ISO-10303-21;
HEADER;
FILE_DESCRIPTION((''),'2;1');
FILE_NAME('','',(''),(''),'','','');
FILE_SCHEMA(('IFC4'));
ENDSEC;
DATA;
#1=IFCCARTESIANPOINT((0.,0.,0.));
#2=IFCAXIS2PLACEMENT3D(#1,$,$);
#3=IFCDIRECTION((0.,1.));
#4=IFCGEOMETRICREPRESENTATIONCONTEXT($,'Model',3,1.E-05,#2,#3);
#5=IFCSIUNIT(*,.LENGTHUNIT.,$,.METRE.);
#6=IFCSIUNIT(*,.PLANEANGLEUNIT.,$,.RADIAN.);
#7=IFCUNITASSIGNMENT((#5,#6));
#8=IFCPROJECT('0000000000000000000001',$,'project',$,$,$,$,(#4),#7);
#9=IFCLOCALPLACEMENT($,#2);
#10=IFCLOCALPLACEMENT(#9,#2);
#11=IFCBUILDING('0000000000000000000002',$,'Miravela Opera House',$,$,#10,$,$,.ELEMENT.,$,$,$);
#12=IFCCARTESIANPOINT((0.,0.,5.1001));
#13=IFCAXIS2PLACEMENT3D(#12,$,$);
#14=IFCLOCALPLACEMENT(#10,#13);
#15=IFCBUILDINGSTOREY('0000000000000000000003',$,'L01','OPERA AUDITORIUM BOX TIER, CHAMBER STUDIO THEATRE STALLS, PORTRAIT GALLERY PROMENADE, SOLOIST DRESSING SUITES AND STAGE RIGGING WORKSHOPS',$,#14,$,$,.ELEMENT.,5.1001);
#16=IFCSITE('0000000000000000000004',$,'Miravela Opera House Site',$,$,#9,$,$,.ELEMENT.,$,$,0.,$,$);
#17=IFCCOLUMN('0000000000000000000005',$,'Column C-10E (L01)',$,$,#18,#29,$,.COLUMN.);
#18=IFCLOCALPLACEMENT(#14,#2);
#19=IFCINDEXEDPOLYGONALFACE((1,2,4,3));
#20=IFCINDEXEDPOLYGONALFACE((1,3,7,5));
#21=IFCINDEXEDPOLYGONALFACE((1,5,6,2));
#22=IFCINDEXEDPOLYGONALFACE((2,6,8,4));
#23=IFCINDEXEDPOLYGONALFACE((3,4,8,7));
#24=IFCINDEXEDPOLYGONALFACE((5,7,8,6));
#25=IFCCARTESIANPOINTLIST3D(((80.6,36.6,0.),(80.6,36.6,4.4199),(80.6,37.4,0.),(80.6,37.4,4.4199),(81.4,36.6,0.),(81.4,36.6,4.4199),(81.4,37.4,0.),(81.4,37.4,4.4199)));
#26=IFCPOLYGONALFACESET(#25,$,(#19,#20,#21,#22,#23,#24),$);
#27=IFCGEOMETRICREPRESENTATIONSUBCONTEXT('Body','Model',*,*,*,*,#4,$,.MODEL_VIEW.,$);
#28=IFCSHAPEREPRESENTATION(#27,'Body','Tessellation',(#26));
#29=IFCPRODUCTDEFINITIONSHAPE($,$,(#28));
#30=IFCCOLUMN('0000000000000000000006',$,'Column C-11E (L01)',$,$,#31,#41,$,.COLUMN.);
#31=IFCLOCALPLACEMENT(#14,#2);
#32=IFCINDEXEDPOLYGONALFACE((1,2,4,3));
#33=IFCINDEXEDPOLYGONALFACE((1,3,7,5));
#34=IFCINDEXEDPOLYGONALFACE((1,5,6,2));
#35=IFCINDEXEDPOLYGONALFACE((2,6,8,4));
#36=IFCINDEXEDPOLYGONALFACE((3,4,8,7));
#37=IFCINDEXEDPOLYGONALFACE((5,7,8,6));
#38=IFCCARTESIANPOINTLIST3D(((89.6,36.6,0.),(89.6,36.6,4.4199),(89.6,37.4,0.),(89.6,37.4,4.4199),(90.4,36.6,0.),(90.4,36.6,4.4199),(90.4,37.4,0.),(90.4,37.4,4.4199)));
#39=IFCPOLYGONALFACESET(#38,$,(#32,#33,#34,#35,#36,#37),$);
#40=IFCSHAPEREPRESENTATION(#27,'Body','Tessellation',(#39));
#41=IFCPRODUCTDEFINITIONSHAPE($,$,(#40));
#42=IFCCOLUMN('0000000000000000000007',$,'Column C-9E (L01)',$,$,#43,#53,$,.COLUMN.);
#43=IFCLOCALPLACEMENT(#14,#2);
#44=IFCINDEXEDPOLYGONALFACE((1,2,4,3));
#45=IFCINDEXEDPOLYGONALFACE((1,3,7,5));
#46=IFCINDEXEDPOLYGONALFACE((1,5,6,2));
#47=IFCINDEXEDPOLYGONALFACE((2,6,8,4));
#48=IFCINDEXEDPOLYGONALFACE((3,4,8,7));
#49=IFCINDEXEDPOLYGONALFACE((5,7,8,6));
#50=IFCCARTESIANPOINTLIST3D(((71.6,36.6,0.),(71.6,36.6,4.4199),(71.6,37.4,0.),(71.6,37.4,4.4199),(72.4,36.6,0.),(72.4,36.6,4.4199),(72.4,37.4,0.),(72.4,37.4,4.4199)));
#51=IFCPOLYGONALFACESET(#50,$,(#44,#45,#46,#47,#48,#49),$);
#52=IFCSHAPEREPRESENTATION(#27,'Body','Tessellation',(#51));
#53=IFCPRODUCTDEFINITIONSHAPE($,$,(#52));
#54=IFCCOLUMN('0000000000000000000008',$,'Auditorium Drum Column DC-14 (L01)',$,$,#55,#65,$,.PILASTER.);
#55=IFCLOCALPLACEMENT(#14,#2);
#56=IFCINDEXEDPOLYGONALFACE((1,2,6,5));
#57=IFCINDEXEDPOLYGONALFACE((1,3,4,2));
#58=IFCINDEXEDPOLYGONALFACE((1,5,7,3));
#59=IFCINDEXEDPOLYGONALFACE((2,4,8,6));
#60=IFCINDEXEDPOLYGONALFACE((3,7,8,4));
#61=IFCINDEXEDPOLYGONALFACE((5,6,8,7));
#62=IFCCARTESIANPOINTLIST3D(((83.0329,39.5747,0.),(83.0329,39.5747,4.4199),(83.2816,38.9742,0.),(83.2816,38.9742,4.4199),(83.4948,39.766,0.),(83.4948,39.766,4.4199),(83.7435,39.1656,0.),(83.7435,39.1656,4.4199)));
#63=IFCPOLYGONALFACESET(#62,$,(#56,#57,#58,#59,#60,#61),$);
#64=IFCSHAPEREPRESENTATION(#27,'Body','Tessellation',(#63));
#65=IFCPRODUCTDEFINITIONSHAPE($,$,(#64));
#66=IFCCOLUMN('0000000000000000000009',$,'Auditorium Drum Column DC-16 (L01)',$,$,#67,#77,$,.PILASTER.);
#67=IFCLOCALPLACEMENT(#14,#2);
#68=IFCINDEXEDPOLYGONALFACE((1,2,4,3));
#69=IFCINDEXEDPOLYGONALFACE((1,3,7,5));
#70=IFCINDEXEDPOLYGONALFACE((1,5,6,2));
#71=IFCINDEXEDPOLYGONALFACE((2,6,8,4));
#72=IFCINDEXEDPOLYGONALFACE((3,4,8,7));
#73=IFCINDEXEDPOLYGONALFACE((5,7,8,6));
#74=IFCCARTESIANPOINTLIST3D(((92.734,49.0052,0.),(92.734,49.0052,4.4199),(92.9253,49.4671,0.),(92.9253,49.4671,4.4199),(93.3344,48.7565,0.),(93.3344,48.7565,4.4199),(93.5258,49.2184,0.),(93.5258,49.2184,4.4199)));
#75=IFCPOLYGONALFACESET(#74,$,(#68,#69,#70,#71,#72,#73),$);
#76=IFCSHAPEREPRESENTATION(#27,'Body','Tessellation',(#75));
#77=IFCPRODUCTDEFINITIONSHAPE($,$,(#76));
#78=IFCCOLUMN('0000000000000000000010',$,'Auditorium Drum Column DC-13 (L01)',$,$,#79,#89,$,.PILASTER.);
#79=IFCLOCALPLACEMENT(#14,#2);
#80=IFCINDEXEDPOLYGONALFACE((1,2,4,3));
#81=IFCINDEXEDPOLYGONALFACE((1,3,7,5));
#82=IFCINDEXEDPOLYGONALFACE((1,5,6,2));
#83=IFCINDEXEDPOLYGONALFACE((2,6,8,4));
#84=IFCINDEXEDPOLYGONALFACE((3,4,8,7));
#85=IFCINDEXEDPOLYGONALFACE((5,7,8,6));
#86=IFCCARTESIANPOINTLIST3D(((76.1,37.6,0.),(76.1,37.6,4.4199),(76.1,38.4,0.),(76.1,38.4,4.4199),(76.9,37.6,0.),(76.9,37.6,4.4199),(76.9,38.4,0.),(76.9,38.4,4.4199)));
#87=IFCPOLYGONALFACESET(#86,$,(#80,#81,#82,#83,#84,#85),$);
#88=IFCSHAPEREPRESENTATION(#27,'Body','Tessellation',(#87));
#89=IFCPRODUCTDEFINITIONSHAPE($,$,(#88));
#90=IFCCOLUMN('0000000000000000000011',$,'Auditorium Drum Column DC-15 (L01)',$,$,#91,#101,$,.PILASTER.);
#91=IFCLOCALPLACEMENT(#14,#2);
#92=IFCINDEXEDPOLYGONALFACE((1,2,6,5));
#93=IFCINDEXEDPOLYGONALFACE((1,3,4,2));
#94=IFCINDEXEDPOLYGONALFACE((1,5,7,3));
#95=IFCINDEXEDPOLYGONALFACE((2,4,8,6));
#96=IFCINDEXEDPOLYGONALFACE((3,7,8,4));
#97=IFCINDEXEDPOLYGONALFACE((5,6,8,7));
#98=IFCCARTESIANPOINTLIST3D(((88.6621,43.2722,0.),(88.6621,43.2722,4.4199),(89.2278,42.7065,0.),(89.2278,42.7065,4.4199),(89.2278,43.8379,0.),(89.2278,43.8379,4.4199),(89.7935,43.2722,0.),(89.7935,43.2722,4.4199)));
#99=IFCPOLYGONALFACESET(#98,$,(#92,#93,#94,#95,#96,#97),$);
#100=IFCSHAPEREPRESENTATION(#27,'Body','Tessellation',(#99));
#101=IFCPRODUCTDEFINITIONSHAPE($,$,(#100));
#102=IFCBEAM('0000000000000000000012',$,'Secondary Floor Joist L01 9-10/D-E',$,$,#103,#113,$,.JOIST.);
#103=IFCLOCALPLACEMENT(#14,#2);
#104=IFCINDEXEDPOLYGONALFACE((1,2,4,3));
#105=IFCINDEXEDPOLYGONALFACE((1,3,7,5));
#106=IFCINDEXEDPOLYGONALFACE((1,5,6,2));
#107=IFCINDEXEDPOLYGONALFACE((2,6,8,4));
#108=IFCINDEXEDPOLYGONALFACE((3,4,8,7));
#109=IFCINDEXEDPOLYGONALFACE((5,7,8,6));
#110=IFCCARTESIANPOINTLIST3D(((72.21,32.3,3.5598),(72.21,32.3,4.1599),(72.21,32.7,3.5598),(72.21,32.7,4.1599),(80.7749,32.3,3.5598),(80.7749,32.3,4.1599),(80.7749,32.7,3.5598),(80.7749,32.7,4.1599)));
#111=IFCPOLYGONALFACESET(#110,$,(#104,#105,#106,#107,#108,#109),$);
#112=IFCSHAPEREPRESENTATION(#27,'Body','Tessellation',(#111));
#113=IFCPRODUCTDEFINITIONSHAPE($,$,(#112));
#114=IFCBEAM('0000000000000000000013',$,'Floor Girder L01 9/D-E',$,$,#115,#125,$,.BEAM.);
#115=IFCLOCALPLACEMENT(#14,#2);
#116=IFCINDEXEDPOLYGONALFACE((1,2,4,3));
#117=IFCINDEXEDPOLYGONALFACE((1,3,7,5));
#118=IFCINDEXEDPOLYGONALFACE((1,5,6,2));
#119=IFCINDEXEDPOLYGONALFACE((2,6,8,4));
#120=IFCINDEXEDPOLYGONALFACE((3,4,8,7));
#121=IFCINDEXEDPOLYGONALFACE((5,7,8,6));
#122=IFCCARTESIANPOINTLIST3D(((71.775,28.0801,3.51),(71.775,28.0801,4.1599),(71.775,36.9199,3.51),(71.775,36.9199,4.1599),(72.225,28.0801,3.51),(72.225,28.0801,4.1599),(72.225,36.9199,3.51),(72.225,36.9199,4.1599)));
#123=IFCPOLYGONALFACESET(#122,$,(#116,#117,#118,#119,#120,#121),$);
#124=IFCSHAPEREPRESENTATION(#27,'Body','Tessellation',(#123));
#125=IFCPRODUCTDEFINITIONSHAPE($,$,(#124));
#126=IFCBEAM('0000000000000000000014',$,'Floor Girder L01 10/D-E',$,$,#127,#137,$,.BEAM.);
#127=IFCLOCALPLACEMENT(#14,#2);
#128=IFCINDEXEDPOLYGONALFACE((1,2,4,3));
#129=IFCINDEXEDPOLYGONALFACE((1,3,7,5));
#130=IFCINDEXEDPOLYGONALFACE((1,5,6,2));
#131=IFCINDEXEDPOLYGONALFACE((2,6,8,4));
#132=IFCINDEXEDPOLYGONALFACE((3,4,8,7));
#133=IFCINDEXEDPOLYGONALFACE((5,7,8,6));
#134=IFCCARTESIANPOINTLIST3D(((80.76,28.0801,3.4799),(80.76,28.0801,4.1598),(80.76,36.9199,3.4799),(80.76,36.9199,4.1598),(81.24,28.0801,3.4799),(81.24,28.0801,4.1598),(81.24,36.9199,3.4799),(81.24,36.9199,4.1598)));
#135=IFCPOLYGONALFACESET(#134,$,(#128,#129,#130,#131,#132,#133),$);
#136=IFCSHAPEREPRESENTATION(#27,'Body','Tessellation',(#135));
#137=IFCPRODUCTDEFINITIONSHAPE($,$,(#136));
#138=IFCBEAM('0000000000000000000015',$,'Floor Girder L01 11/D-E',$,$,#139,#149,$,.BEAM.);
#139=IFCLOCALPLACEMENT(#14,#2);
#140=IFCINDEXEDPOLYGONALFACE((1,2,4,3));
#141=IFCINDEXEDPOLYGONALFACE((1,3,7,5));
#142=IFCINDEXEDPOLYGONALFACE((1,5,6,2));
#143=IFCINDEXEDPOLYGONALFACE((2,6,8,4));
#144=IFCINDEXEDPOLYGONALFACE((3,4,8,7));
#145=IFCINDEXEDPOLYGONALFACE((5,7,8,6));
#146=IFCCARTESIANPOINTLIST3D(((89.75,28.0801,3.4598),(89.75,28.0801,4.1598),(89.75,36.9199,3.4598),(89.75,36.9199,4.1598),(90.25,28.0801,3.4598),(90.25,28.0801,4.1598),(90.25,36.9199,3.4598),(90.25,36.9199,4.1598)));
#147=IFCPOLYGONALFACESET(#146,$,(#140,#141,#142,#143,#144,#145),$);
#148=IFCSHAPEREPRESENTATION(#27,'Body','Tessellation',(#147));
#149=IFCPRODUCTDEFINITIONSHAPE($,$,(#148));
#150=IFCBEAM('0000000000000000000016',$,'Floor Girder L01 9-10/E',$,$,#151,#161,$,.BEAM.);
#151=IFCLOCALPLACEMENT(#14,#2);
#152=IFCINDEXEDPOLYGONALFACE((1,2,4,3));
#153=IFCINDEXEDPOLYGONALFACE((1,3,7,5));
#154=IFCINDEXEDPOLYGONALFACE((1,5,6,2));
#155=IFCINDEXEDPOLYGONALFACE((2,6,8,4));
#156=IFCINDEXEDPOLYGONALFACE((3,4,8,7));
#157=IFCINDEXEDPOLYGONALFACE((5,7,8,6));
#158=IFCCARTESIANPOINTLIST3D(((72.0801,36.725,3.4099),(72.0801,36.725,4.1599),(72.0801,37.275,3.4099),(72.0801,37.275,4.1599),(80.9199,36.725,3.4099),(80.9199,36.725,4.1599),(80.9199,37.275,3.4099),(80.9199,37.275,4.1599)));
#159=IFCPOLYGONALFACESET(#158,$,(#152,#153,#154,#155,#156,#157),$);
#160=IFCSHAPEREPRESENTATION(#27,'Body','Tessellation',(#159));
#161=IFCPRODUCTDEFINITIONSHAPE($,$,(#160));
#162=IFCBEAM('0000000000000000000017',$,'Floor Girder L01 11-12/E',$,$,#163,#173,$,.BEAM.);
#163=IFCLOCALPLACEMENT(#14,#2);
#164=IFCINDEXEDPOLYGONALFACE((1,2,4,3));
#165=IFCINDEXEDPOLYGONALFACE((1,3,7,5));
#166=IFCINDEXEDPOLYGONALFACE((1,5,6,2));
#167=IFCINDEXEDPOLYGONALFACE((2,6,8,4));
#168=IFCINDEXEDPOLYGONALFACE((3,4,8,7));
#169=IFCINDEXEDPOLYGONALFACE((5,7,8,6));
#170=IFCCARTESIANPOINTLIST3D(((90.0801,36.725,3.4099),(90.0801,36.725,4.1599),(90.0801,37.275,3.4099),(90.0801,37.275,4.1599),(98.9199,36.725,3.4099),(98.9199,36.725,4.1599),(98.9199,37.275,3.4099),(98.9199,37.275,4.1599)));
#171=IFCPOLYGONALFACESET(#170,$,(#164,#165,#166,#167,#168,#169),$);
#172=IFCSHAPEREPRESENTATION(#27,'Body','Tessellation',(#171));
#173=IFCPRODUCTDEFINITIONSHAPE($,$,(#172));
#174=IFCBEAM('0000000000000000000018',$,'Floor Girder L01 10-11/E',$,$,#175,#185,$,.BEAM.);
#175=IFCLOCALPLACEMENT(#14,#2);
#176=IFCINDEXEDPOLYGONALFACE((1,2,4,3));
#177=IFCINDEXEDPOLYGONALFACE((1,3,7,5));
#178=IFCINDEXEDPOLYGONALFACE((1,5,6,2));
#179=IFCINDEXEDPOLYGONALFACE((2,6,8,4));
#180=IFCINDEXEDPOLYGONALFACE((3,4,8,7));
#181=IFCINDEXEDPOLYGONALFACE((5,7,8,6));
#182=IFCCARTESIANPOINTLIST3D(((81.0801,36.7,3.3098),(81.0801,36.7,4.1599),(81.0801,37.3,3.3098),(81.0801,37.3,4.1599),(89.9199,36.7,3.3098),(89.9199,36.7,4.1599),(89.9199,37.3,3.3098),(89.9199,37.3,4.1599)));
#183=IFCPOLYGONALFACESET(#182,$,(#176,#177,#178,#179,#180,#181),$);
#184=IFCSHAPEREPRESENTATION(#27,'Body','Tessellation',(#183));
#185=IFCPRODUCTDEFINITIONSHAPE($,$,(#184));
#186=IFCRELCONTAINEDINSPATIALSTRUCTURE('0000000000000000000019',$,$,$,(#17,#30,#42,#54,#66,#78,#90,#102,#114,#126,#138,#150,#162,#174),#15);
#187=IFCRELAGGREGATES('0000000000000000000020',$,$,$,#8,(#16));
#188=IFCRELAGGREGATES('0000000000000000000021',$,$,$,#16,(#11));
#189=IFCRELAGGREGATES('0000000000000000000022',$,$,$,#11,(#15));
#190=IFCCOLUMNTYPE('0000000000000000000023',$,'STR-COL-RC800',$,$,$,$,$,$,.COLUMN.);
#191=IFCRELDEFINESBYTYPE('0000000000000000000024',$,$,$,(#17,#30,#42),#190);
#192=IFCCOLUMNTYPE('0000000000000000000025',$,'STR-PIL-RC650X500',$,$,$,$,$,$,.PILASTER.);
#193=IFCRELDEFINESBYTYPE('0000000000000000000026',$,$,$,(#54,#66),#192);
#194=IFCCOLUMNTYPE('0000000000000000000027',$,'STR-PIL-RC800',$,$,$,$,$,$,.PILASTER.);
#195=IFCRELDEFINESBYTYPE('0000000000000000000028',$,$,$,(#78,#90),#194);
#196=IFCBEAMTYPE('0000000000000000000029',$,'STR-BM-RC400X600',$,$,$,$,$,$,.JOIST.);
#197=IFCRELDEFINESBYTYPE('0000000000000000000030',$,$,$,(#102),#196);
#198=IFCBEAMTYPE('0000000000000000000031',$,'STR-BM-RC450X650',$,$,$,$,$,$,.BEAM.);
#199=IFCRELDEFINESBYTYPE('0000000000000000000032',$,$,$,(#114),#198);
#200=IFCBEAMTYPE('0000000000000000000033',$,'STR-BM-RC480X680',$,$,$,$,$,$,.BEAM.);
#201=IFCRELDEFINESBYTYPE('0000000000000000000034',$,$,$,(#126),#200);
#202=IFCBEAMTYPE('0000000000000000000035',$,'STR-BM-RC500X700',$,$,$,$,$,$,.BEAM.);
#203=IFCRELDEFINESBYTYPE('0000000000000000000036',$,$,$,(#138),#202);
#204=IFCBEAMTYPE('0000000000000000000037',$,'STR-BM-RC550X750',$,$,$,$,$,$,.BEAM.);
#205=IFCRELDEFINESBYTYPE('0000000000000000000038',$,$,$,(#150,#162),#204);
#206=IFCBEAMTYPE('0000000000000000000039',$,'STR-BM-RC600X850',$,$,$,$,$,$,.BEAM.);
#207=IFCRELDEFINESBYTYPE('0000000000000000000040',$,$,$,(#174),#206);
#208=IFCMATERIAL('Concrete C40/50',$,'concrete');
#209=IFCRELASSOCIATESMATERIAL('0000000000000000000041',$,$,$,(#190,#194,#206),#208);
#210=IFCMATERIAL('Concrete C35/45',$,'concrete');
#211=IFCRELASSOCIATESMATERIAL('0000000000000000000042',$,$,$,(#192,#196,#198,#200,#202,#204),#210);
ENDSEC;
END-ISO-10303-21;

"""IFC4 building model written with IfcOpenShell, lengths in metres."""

from ifc_helpers import new_model, si_unit, direction, frame, origin, origin_2d, place, context, subcontext, project, spatial, rectangle, extrude, material, material_profile, profile_set, type_object, element, save


model = new_model("IFC4")

# Units and contexts
model_context = context("Model", 3, precision=1e-05, world=origin(), true_north=direction((0.0, 1.0)))
body_context = subcontext(model_context, "Body", "Model", "MODEL_VIEW")
ifc_project = project(units=[si_unit("LENGTHUNIT", "METRE"), si_unit("PLANEANGLEUNIT", "RADIAN")], contexts=[model_context])

# Site, building, storey
site_placement = place(None, origin())
site = spatial("IfcSite", under=ifc_project, at=site_placement, Name="Miravela Opera House Site", CompositionType="ELEMENT", RefElevation=0.0)
building_placement = place(site_placement, origin())
building = spatial("IfcBuilding", under=site, at=building_placement, Name="Miravela Opera House", CompositionType="ELEMENT")
storey_placement = place(building_placement, frame((0.0, 0.0, 5.1001)))
storey = spatial("IfcBuildingStorey", under=building, at=storey_placement, Name="L01", Description="OPERA AUDITORIUM BOX TIER, CHAMBER STUDIO THEATRE STALLS, PORTRAIT GALLERY PROMENADE, SOLOIST DRESSING SUITES AND STAGE RIGGING WORKSHOPS", CompositionType="ELEMENT", Elevation=5.1001)

# Columns
ifc_material_1 = material(Name="Concrete C40/50", Category="concrete")
ifc_material_profile_1 = material_profile(ifc_material_1, rectangle(XDim=0.8, YDim=0.8, at=origin_2d()), Name="RC-COL-800X800")
ifc_profile_set_1 = profile_set([ifc_material_profile_1])
column_type_1 = type_object("IfcColumnType", Name="STR-COL-RC800", PredefinedType="COLUMN", material=ifc_profile_set_1)
for number, where, z_axis, x_axis, name in (
    (1, (81.0, 37.0, 0.0), (0.0, 0.0, 1.0), (1.0, 0.0, 0.0), "Column C-10E (L01)"),
    (2, (90.0, 37.0, 0.0), (0.0, 0.0, 1.0), (1.0, 0.0, 0.0), "Column C-11E (L01)"),
    (3, (72.0, 37.0, 0.0), (0.0, 0.0, 1.0), (1.0, 0.0, 0.0), "Column C-9E (L01)"),
):
    element("IfcColumn", number, at=place(storey_placement, frame(where, z_axis=z_axis, x_axis=x_axis)), inside=storey, type_object=column_type_1, Name=name, PredefinedType="COLUMN", context=body_context, shape_type="SweptSolid", body=[
        extrude(rectangle(XDim=0.8, YDim=0.8, at=origin_2d()), origin(), (0.0, 0.0, 1.0), 4.4199),
    ])
ifc_material_2 = material(Name="Concrete C35/45", Category="concrete")
ifc_material_profile_2 = material_profile(ifc_material_2, rectangle(XDim=0.6499, YDim=0.5, at=origin_2d()), Name="RC-PIL-650X500")
ifc_profile_set_2 = profile_set([ifc_material_profile_2])
column_type_2 = type_object("IfcColumnType", Name="STR-PIL-RC650X500", PredefinedType="PILASTER", material=ifc_profile_set_2)
for number, where, z_axis, x_axis, name in (
    (4, (83.3882, 39.3701, 0.0), (0.0, 0.0, 1.0), (0.382683, -0.92388, 0.0), "Auditorium Drum Column DC-14 (L01)"),
    (5, (93.1299, 49.1118, 0.0), (0.0, 0.0, 1.0), (0.92388, -0.382683, 0.0), "Auditorium Drum Column DC-16 (L01)"),
):
    element("IfcColumn", number, at=place(storey_placement, frame(where, z_axis=z_axis, x_axis=x_axis)), inside=storey, type_object=column_type_2, Name=name, PredefinedType="PILASTER", context=body_context, shape_type="SweptSolid", body=[
        extrude(rectangle(XDim=0.6499, YDim=0.5, at=origin_2d()), origin(), (0.0, 0.0, 1.0), 4.4199),
    ])
ifc_material_profile_3 = material_profile(ifc_material_1, rectangle(XDim=0.8, YDim=0.8, at=origin_2d()), Name="RC-COL-800X800")
ifc_profile_set_3 = profile_set([ifc_material_profile_3])
column_type_3 = type_object("IfcColumnType", Name="STR-PIL-RC800", PredefinedType="PILASTER", material=ifc_profile_set_3)
for number, where, z_axis, x_axis, name in (
    (6, (76.5, 38.0, 0.0), (0.0, 0.0, 1.0), (0.0, -1.0, 0.0), "Auditorium Drum Column DC-13 (L01)"),
    (7, (89.2278, 43.2722, 0.0), (0.0, 0.0, 1.0), (0.707107, -0.707107, 0.0), "Auditorium Drum Column DC-15 (L01)"),
):
    element("IfcColumn", number, at=place(storey_placement, frame(where, z_axis=z_axis, x_axis=x_axis)), inside=storey, type_object=column_type_3, Name=name, PredefinedType="PILASTER", context=body_context, shape_type="SweptSolid", body=[
        extrude(rectangle(XDim=0.8, YDim=0.8, at=origin_2d()), origin(), (0.0, 0.0, 1.0), 4.4199),
    ])

# Beams
ifc_material_profile_4 = material_profile(ifc_material_2, rectangle(XDim=0.3999, YDim=0.6001, at=origin_2d()), Name="RC-BM-400X600")
ifc_profile_set_4 = profile_set([ifc_material_profile_4])
beam_type_1 = type_object("IfcBeamType", Name="STR-BM-RC400X600", PredefinedType="JOIST", material=ifc_profile_set_4)
beam_1_placement = place(storey_placement, frame((72.21, 32.5, 3.8599), z_axis=(1.0, 0.0, 0.0), x_axis=(0.0, 1.0, 0.0)))
element("IfcBeam", 8, at=beam_1_placement, inside=storey, type_object=beam_type_1, Name="Secondary Floor Joist L01 9-10/D-E", PredefinedType="JOIST", context=body_context, shape_type="SweptSolid", body=[
    extrude(rectangle(XDim=0.3999, YDim=0.6001, at=origin_2d()), origin(), (0.0, 0.0, 1.0), 8.5649),
])
ifc_material_profile_5 = material_profile(ifc_material_2, rectangle(XDim=0.45, YDim=0.6499, at=origin_2d()), Name="RC-BM-450X650")
ifc_profile_set_5 = profile_set([ifc_material_profile_5])
beam_type_2 = type_object("IfcBeamType", Name="STR-BM-RC450X650", PredefinedType="BEAM", material=ifc_profile_set_5)
beam_2_placement = place(storey_placement, frame((72.0, 28.0801, 3.835), z_axis=(0.0, 1.0, 0.0), x_axis=(-1.0, 0.0, 0.0)))
element("IfcBeam", 9, at=beam_2_placement, inside=storey, type_object=beam_type_2, Name="Floor Girder L01 9/D-E", PredefinedType="BEAM", context=body_context, shape_type="SweptSolid", body=[
    extrude(rectangle(XDim=0.45, YDim=0.6499, at=origin_2d()), origin(), (0.0, 0.0, 1.0), 8.8398),
])
ifc_material_profile_6 = material_profile(ifc_material_2, rectangle(XDim=0.48, YDim=0.6799, at=origin_2d()), Name="RC-BM-480X680")
ifc_profile_set_6 = profile_set([ifc_material_profile_6])
beam_type_3 = type_object("IfcBeamType", Name="STR-BM-RC480X680", PredefinedType="BEAM", material=ifc_profile_set_6)
beam_3_placement = place(storey_placement, frame((81.0, 28.0801, 3.8198), z_axis=(0.0, 1.0, 0.0), x_axis=(-1.0, 0.0, 0.0)))
element("IfcBeam", 10, at=beam_3_placement, inside=storey, type_object=beam_type_3, Name="Floor Girder L01 10/D-E", PredefinedType="BEAM", context=body_context, shape_type="SweptSolid", body=[
    extrude(rectangle(XDim=0.48, YDim=0.6799, at=origin_2d()), origin(), (0.0, 0.0, 1.0), 8.8398),
])
ifc_material_profile_7 = material_profile(ifc_material_2, rectangle(XDim=0.5, YDim=0.7, at=origin_2d()), Name="RC-BM-500X700")
ifc_profile_set_7 = profile_set([ifc_material_profile_7])
beam_type_4 = type_object("IfcBeamType", Name="STR-BM-RC500X700", PredefinedType="BEAM", material=ifc_profile_set_7)
beam_4_placement = place(storey_placement, frame((90.0, 28.0801, 3.8098), z_axis=(0.0, 1.0, 0.0), x_axis=(-1.0, 0.0, 0.0)))
element("IfcBeam", 11, at=beam_4_placement, inside=storey, type_object=beam_type_4, Name="Floor Girder L01 11/D-E", PredefinedType="BEAM", context=body_context, shape_type="SweptSolid", body=[
    extrude(rectangle(XDim=0.5, YDim=0.7, at=origin_2d()), origin(), (0.0, 0.0, 1.0), 8.8398),
])
ifc_material_profile_8 = material_profile(ifc_material_2, rectangle(XDim=0.55, YDim=0.75, at=origin_2d()), Name="RC-BM-550X750")
ifc_profile_set_8 = profile_set([ifc_material_profile_8])
beam_type_5 = type_object("IfcBeamType", Name="STR-BM-RC550X750", PredefinedType="BEAM", material=ifc_profile_set_8)
for number, where, z_axis, x_axis, name in (
    (12, (72.0801, 37.0, 3.7849), (1.0, 0.0, 0.0), (0.0, 1.0, 0.0), "Floor Girder L01 9-10/E"),
    (13, (90.0801, 37.0, 3.7849), (1.0, 0.0, 0.0), (0.0, 1.0, 0.0), "Floor Girder L01 11-12/E"),
):
    element("IfcBeam", number, at=place(storey_placement, frame(where, z_axis=z_axis, x_axis=x_axis)), inside=storey, type_object=beam_type_5, Name=name, PredefinedType="BEAM", context=body_context, shape_type="SweptSolid", body=[
        extrude(rectangle(XDim=0.55, YDim=0.75, at=origin_2d()), origin(), (0.0, 0.0, 1.0), 8.8398),
    ])
ifc_material_profile_9 = material_profile(ifc_material_1, rectangle(XDim=0.6001, YDim=0.8501, at=origin_2d()), Name="RC-BM-600X850")
ifc_profile_set_9 = profile_set([ifc_material_profile_9])
beam_type_6 = type_object("IfcBeamType", Name="STR-BM-RC600X850", PredefinedType="BEAM", material=ifc_profile_set_9)
beam_5_placement = place(storey_placement, frame((81.0801, 37.0, 3.7349), z_axis=(1.0, 0.0, 0.0), x_axis=(0.0, 1.0, 0.0)))
element("IfcBeam", 14, at=beam_5_placement, inside=storey, type_object=beam_type_6, Name="Floor Girder L01 10-11/E", PredefinedType="BEAM", context=body_context, shape_type="SweptSolid", body=[
    extrude(rectangle(XDim=0.6001, YDim=0.8501, at=origin_2d()), origin(), (0.0, 0.0, 1.0), 8.8398),
])

save(model, "model.ifc")
